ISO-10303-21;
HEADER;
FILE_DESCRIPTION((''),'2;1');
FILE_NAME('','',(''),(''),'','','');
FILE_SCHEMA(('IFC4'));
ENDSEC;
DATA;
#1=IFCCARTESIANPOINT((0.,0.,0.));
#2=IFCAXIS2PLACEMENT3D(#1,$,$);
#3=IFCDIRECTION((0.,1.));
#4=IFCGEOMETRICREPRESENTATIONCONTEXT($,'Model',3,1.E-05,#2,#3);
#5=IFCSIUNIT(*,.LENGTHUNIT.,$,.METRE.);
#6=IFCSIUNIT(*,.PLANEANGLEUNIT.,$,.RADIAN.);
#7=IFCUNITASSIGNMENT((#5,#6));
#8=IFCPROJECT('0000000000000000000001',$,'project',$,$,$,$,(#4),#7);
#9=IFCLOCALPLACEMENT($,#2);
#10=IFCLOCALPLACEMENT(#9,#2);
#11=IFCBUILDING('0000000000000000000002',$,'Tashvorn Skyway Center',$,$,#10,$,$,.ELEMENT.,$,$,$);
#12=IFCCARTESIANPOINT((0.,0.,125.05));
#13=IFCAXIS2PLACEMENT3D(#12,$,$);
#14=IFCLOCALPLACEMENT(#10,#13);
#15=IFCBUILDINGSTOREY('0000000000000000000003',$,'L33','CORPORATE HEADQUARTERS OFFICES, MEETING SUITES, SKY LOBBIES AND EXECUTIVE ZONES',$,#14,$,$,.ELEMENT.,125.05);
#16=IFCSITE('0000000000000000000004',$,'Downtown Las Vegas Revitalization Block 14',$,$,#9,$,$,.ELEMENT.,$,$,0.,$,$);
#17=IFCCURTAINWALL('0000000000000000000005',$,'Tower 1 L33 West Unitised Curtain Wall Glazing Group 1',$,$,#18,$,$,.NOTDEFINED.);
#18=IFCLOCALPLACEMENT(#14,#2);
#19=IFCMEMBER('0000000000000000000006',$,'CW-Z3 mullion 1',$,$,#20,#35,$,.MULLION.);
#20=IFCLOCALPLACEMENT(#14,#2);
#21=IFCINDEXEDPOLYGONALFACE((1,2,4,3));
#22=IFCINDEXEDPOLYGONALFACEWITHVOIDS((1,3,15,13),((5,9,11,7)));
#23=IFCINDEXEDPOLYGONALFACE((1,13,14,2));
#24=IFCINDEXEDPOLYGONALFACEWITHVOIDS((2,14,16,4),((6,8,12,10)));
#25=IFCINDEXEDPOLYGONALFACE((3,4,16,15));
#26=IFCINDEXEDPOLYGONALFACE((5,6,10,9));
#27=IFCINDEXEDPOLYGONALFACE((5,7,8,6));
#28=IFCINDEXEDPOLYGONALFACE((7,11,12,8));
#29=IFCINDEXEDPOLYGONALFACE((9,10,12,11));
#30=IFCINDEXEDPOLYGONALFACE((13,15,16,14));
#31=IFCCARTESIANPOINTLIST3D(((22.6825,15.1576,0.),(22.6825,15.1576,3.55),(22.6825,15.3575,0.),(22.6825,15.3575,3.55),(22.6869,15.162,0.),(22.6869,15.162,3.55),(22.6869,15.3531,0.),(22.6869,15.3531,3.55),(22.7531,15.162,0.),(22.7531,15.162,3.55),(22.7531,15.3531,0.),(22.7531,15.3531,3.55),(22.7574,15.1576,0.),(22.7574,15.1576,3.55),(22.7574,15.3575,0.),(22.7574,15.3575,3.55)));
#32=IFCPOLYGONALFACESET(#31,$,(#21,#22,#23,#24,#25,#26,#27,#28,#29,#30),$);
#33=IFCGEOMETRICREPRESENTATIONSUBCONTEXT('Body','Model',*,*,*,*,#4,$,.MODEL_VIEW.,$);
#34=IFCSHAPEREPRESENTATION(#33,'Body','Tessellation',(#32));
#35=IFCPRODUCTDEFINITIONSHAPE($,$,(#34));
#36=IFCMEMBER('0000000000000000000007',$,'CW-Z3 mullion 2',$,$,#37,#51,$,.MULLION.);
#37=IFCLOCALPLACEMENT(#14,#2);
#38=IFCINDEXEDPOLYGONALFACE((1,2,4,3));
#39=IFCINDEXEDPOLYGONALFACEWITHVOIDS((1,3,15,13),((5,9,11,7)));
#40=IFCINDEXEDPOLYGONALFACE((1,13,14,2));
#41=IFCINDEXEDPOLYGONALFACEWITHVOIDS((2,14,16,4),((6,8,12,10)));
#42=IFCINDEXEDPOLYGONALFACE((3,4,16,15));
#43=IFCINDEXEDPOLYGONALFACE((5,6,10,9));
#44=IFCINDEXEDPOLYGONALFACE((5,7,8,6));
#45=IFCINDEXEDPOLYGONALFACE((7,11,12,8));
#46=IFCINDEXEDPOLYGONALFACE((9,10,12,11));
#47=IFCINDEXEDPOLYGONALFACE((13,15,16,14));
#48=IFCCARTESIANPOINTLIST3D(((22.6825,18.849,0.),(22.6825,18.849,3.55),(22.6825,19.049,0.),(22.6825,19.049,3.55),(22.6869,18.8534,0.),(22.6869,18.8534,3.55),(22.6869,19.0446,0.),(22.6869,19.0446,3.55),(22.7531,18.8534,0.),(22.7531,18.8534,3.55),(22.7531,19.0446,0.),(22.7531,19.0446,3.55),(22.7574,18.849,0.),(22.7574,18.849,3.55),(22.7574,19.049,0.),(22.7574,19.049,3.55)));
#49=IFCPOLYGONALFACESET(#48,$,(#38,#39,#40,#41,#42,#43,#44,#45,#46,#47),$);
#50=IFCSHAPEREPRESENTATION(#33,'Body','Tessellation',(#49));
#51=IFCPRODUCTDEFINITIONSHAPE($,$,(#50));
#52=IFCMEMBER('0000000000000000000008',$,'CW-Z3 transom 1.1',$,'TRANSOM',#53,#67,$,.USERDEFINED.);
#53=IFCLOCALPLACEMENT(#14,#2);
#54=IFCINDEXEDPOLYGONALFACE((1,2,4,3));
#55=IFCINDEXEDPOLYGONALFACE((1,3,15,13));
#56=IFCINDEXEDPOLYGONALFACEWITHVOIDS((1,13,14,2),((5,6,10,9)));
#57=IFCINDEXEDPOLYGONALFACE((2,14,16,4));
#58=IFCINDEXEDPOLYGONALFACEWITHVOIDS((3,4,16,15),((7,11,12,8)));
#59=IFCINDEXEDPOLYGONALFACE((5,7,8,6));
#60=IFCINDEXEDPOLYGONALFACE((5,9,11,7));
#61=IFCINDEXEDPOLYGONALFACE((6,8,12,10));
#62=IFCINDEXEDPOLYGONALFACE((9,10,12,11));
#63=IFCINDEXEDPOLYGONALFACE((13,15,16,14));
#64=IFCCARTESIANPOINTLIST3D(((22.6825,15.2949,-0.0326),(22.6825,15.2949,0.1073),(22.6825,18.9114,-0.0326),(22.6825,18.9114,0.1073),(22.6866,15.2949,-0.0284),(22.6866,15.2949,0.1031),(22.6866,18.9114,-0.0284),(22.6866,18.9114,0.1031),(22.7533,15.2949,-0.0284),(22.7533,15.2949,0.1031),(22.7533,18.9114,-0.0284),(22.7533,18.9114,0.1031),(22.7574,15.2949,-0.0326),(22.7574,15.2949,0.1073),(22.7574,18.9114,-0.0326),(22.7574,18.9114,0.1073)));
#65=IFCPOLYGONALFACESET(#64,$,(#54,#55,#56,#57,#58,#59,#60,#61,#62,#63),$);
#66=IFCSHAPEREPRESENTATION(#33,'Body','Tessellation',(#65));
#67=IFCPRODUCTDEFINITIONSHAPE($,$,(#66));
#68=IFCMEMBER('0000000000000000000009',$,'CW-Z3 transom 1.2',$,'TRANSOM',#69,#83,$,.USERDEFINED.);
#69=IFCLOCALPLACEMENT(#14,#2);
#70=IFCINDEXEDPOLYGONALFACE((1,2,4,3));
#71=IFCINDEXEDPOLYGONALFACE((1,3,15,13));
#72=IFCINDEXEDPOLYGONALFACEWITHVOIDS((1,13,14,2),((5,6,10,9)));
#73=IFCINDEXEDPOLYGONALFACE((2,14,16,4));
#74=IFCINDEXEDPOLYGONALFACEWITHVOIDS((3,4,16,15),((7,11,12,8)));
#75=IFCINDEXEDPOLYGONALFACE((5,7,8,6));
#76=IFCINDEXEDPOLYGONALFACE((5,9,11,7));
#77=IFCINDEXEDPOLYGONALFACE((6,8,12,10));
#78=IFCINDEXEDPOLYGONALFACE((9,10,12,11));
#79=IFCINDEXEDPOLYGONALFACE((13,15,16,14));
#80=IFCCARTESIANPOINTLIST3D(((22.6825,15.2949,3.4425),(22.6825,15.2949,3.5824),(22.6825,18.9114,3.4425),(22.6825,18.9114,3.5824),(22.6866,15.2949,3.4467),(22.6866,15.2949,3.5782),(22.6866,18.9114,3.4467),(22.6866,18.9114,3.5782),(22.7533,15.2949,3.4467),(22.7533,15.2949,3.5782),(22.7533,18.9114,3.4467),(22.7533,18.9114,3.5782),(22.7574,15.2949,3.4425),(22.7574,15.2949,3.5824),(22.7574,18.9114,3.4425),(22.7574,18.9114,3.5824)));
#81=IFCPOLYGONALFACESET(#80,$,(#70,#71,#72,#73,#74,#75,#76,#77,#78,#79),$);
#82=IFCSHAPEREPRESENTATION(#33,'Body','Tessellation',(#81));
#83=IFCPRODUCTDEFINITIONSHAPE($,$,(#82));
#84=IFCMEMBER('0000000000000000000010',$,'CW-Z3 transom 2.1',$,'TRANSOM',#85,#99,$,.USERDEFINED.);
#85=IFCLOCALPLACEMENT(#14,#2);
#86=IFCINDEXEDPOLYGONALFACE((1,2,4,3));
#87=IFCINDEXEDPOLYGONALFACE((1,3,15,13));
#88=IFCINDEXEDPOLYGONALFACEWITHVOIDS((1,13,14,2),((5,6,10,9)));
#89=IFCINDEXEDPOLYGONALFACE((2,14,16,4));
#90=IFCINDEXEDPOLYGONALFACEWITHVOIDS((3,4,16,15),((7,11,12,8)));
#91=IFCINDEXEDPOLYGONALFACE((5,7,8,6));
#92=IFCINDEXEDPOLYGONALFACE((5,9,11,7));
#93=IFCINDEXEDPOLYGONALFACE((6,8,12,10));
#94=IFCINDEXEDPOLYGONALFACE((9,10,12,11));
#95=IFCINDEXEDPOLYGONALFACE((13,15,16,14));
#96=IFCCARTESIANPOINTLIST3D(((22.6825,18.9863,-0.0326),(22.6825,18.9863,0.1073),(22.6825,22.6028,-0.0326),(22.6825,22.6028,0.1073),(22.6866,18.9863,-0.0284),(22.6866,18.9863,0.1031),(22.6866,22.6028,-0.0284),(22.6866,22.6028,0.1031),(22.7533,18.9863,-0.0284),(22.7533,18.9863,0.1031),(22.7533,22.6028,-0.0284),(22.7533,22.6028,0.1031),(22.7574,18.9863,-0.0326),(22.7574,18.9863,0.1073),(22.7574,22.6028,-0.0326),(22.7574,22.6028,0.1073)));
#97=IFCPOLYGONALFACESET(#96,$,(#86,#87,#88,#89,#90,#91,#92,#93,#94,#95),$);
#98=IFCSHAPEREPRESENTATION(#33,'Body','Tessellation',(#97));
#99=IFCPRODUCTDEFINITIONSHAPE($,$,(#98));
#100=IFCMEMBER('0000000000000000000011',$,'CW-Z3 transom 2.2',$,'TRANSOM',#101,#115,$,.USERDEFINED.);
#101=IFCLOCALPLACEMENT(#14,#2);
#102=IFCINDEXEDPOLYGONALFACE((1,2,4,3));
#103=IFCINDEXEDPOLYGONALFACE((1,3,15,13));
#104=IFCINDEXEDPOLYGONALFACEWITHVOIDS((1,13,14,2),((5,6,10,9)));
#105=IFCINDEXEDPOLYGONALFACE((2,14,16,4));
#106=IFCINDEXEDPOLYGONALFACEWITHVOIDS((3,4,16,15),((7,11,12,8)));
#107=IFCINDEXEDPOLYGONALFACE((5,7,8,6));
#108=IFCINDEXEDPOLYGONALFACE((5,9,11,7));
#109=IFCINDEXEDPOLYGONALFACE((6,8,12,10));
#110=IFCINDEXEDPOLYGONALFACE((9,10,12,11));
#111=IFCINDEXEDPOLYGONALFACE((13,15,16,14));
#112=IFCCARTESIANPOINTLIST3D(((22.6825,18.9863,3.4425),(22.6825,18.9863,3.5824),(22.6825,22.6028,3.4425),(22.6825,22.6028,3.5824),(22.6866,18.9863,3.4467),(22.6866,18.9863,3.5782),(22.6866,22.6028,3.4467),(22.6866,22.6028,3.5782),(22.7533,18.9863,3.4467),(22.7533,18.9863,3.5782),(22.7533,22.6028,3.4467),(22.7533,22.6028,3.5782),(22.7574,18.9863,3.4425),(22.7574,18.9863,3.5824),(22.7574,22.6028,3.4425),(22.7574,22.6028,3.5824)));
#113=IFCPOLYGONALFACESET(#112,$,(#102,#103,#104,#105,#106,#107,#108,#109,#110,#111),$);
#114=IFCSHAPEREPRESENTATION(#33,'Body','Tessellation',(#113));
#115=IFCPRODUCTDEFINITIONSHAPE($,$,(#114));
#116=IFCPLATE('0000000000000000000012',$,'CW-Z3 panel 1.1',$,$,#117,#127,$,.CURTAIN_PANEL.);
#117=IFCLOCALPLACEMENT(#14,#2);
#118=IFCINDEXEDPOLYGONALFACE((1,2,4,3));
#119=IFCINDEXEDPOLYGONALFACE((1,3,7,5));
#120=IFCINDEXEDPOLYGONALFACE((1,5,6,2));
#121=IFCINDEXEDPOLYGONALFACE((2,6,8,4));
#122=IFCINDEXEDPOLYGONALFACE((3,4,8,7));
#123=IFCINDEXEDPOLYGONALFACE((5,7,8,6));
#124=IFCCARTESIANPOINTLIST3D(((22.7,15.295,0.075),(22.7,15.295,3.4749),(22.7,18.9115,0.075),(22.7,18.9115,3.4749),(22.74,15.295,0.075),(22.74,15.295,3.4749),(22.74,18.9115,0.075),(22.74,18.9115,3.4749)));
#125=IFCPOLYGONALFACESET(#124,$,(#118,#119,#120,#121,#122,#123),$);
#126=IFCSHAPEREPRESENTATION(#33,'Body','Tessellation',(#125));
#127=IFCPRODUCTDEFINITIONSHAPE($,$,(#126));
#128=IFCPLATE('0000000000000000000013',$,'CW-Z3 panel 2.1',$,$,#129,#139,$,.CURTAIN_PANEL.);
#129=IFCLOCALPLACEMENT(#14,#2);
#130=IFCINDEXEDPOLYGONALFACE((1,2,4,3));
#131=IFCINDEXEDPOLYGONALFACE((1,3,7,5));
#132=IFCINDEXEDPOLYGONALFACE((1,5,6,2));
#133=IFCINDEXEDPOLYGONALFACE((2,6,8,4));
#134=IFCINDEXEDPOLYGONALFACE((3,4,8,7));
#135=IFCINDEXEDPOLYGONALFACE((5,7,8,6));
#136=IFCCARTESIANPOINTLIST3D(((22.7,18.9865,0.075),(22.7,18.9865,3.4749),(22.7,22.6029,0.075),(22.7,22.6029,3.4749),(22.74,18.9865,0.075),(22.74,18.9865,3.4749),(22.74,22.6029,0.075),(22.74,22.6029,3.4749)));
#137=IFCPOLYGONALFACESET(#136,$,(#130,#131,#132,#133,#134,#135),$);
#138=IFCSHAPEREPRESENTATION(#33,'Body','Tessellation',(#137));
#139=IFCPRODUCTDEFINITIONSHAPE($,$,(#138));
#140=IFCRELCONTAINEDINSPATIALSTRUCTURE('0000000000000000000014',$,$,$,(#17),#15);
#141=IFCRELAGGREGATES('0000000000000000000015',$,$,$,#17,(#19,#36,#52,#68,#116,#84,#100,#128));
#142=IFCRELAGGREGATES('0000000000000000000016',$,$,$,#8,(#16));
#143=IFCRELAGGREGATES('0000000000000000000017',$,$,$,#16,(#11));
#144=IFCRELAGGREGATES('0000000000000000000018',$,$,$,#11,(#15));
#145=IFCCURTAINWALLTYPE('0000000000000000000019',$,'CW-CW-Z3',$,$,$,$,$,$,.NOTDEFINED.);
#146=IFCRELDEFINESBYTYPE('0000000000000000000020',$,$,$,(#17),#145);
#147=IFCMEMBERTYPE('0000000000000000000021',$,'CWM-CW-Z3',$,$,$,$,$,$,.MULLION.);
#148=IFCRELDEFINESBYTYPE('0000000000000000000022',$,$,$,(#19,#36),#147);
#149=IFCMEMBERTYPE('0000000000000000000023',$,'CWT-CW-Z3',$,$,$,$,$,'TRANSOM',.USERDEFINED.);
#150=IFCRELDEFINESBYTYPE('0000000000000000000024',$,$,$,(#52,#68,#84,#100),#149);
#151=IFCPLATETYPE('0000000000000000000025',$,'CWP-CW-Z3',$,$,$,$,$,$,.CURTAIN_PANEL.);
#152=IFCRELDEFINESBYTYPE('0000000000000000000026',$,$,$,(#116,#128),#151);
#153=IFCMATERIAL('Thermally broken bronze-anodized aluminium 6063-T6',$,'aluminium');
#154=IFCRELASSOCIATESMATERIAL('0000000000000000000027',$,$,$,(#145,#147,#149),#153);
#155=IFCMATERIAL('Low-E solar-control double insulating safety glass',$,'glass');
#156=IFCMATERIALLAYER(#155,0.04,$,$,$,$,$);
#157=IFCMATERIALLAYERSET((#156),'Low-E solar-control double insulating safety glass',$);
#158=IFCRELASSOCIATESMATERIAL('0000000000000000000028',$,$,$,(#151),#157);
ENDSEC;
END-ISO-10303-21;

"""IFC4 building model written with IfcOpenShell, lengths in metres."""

from ifc_helpers import new_model, si_unit, direction, frame, origin, origin_2d, place, context, subcontext, project, spatial, rectangle, hollow_rectangle, extrude, material, layer, layer_set, material_profile, profile_set, type_object, element, aggregate, save


model = new_model("IFC4")

# Units and contexts
model_context = context("Model", 3, precision=1e-05, world=origin(), true_north=direction((0.0, 1.0)))
body_context = subcontext(model_context, "Body", "Model", "MODEL_VIEW")
ifc_project = project(units=[si_unit("LENGTHUNIT", "METRE"), si_unit("PLANEANGLEUNIT", "RADIAN")], contexts=[model_context])

# Site, building, storey
site_placement = place(None, origin())
site = spatial("IfcSite", under=ifc_project, at=site_placement, Name="Downtown Las Vegas Revitalization Block 14", CompositionType="ELEMENT", RefElevation=0.0)
building_placement = place(site_placement, origin())
building = spatial("IfcBuilding", under=site, at=building_placement, Name="Tashvorn Skyway Center", CompositionType="ELEMENT")
storey_placement = place(building_placement, frame((0.0, 0.0, 125.05)))
storey = spatial("IfcBuildingStorey", under=building, at=storey_placement, Name="L33", Description="CORPORATE HEADQUARTERS OFFICES, MEETING SUITES, SKY LOBBIES AND EXECUTIVE ZONES", CompositionType="ELEMENT", Elevation=125.05)

# Curtain wall, members, plates
ifc_material_1 = material(Name="Thermally broken bronze-anodized aluminium 6063-T6", Category="aluminium")
curtain_wall_type = type_object("IfcCurtainWallType", Name="CW-CW-Z3", PredefinedType="NOTDEFINED", material=ifc_material_1)
curtain_wall_placement = place(storey_placement, origin())
curtain_wall = element("IfcCurtainWall", 1, at=curtain_wall_placement, inside=storey, type_object=curtain_wall_type, Name="Tower 1 L33 West Unitised Curtain Wall Glazing Group 1", PredefinedType="NOTDEFINED")
ifc_material_profile_1 = material_profile(ifc_material_1, hollow_rectangle(XDim=0.075, YDim=0.2, WallThickness=0.0044, at=origin_2d()), Name="ALU-MULL-75x200")
ifc_profile_set_1 = profile_set([ifc_material_profile_1], Name="Thermally broken bronze-anodized aluminium 6063-T6")
member_type_1 = type_object("IfcMemberType", Name="CWM-CW-Z3", PredefinedType="MULLION", material=ifc_profile_set_1)
member_1_placement = place(storey_placement, frame((22.72, 15.2576, 0.0), z_axis=(0.0, 0.0, 1.0), x_axis=(-1.0, 0.0, 0.0)))
member_1 = element("IfcMember", 2, at=member_1_placement, type_object=member_type_1, Name="CW-Z3 mullion 1", PredefinedType="MULLION", context=body_context, shape_type="SweptSolid", body=[
    extrude(hollow_rectangle(XDim=0.075, YDim=0.2, WallThickness=0.0044, at=origin_2d()), origin(), (0.0, 0.0, 1.0), 3.55),
])
member_2_placement = place(storey_placement, frame((22.72, 18.949, 0.0), z_axis=(0.0, 0.0, 1.0), x_axis=(-1.0, 0.0, 0.0)))
member_2 = element("IfcMember", 3, at=member_2_placement, type_object=member_type_1, Name="CW-Z3 mullion 2", PredefinedType="MULLION", context=body_context, shape_type="SweptSolid", body=[
    extrude(hollow_rectangle(XDim=0.075, YDim=0.2, WallThickness=0.0044, at=origin_2d()), origin(), (0.0, 0.0, 1.0), 3.55),
])
ifc_material_profile_2 = material_profile(ifc_material_1, hollow_rectangle(XDim=0.075, YDim=0.1399, WallThickness=0.0042, at=origin_2d()), Name="ALU-TRAN-75x140")
ifc_profile_set_2 = profile_set([ifc_material_profile_2], Name="Thermally broken bronze-anodized aluminium 6063-T6")
member_type_2 = type_object("IfcMemberType", Name="CWT-CW-Z3", ElementType="TRANSOM", PredefinedType="USERDEFINED", material=ifc_profile_set_2)
member_3_placement = place(storey_placement, frame((22.72, 15.2949, 0.0374), z_axis=(0.0, 1.0, 0.0), x_axis=(-1.0, 0.0, 0.0)))
member_3 = element("IfcMember", 4, at=member_3_placement, type_object=member_type_2, Name="CW-Z3 transom 1.1", ObjectType="TRANSOM", PredefinedType="USERDEFINED", context=body_context, shape_type="SweptSolid", body=[
    extrude(hollow_rectangle(XDim=0.075, YDim=0.1399, WallThickness=0.0042, at=origin_2d()), origin(), (0.0, 0.0, 1.0), 3.6165),
])
member_4_placement = place(storey_placement, frame((22.72, 15.2949, 3.5125), z_axis=(0.0, 1.0, 0.0), x_axis=(-1.0, 0.0, 0.0)))
member_4 = element("IfcMember", 5, at=member_4_placement, type_object=member_type_2, Name="CW-Z3 transom 1.2", ObjectType="TRANSOM", PredefinedType="USERDEFINED", context=body_context, shape_type="SweptSolid", body=[
    extrude(hollow_rectangle(XDim=0.075, YDim=0.1399, WallThickness=0.0042, at=origin_2d()), origin(), (0.0, 0.0, 1.0), 3.6165),
])
member_5_placement = place(storey_placement, frame((22.72, 18.9863, 0.0374), z_axis=(0.0, 1.0, 0.0), x_axis=(-1.0, 0.0, 0.0)))
member_5 = element("IfcMember", 6, at=member_5_placement, type_object=member_type_2, Name="CW-Z3 transom 2.1", ObjectType="TRANSOM", PredefinedType="USERDEFINED", context=body_context, shape_type="SweptSolid", body=[
    extrude(hollow_rectangle(XDim=0.075, YDim=0.1399, WallThickness=0.0042, at=origin_2d()), origin(), (0.0, 0.0, 1.0), 3.6165),
])
member_6_placement = place(storey_placement, frame((22.72, 18.9863, 3.5125), z_axis=(0.0, 1.0, 0.0), x_axis=(-1.0, 0.0, 0.0)))
member_6 = element("IfcMember", 7, at=member_6_placement, type_object=member_type_2, Name="CW-Z3 transom 2.2", ObjectType="TRANSOM", PredefinedType="USERDEFINED", context=body_context, shape_type="SweptSolid", body=[
    extrude(hollow_rectangle(XDim=0.075, YDim=0.1399, WallThickness=0.0042, at=origin_2d()), origin(), (0.0, 0.0, 1.0), 3.6165),
])
ifc_material_2 = material(Name="Low-E solar-control double insulating safety glass", Category="glass")
ifc_layer_1 = layer(ifc_material_2, 0.04)
ifc_layer_set_1 = layer_set([ifc_layer_1], Name="Low-E solar-control double insulating safety glass")
plate_type = type_object("IfcPlateType", Name="CWP-CW-Z3", PredefinedType="CURTAIN_PANEL", material=ifc_layer_set_1)
plate_1_placement = place(storey_placement, frame((22.72, 17.1033, 0.075), z_axis=(0.0, 0.0, 1.0), x_axis=(0.0, 1.0, 0.0)))
plate_1 = element("IfcPlate", 8, at=plate_1_placement, type_object=plate_type, Name="CW-Z3 panel 1.1", PredefinedType="CURTAIN_PANEL", context=body_context, shape_type="SweptSolid", body=[
    extrude(rectangle(XDim=3.6165, YDim=0.04, at=origin_2d()), origin(), (0.0, 0.0, 1.0), 3.3999),
])
plate_2_placement = place(storey_placement, frame((22.72, 20.7947, 0.075), z_axis=(0.0, 0.0, 1.0), x_axis=(0.0, 1.0, 0.0)))
plate_2 = element("IfcPlate", 9, at=plate_2_placement, type_object=plate_type, Name="CW-Z3 panel 2.1", PredefinedType="CURTAIN_PANEL", context=body_context, shape_type="SweptSolid", body=[
    extrude(rectangle(XDim=3.6165, YDim=0.04, at=origin_2d()), origin(), (0.0, 0.0, 1.0), 3.3999),
])
aggregate(curtain_wall, [member_1, member_2, member_3, member_4, plate_1, member_5, member_6, plate_2])

save(model, "model.ifc")
